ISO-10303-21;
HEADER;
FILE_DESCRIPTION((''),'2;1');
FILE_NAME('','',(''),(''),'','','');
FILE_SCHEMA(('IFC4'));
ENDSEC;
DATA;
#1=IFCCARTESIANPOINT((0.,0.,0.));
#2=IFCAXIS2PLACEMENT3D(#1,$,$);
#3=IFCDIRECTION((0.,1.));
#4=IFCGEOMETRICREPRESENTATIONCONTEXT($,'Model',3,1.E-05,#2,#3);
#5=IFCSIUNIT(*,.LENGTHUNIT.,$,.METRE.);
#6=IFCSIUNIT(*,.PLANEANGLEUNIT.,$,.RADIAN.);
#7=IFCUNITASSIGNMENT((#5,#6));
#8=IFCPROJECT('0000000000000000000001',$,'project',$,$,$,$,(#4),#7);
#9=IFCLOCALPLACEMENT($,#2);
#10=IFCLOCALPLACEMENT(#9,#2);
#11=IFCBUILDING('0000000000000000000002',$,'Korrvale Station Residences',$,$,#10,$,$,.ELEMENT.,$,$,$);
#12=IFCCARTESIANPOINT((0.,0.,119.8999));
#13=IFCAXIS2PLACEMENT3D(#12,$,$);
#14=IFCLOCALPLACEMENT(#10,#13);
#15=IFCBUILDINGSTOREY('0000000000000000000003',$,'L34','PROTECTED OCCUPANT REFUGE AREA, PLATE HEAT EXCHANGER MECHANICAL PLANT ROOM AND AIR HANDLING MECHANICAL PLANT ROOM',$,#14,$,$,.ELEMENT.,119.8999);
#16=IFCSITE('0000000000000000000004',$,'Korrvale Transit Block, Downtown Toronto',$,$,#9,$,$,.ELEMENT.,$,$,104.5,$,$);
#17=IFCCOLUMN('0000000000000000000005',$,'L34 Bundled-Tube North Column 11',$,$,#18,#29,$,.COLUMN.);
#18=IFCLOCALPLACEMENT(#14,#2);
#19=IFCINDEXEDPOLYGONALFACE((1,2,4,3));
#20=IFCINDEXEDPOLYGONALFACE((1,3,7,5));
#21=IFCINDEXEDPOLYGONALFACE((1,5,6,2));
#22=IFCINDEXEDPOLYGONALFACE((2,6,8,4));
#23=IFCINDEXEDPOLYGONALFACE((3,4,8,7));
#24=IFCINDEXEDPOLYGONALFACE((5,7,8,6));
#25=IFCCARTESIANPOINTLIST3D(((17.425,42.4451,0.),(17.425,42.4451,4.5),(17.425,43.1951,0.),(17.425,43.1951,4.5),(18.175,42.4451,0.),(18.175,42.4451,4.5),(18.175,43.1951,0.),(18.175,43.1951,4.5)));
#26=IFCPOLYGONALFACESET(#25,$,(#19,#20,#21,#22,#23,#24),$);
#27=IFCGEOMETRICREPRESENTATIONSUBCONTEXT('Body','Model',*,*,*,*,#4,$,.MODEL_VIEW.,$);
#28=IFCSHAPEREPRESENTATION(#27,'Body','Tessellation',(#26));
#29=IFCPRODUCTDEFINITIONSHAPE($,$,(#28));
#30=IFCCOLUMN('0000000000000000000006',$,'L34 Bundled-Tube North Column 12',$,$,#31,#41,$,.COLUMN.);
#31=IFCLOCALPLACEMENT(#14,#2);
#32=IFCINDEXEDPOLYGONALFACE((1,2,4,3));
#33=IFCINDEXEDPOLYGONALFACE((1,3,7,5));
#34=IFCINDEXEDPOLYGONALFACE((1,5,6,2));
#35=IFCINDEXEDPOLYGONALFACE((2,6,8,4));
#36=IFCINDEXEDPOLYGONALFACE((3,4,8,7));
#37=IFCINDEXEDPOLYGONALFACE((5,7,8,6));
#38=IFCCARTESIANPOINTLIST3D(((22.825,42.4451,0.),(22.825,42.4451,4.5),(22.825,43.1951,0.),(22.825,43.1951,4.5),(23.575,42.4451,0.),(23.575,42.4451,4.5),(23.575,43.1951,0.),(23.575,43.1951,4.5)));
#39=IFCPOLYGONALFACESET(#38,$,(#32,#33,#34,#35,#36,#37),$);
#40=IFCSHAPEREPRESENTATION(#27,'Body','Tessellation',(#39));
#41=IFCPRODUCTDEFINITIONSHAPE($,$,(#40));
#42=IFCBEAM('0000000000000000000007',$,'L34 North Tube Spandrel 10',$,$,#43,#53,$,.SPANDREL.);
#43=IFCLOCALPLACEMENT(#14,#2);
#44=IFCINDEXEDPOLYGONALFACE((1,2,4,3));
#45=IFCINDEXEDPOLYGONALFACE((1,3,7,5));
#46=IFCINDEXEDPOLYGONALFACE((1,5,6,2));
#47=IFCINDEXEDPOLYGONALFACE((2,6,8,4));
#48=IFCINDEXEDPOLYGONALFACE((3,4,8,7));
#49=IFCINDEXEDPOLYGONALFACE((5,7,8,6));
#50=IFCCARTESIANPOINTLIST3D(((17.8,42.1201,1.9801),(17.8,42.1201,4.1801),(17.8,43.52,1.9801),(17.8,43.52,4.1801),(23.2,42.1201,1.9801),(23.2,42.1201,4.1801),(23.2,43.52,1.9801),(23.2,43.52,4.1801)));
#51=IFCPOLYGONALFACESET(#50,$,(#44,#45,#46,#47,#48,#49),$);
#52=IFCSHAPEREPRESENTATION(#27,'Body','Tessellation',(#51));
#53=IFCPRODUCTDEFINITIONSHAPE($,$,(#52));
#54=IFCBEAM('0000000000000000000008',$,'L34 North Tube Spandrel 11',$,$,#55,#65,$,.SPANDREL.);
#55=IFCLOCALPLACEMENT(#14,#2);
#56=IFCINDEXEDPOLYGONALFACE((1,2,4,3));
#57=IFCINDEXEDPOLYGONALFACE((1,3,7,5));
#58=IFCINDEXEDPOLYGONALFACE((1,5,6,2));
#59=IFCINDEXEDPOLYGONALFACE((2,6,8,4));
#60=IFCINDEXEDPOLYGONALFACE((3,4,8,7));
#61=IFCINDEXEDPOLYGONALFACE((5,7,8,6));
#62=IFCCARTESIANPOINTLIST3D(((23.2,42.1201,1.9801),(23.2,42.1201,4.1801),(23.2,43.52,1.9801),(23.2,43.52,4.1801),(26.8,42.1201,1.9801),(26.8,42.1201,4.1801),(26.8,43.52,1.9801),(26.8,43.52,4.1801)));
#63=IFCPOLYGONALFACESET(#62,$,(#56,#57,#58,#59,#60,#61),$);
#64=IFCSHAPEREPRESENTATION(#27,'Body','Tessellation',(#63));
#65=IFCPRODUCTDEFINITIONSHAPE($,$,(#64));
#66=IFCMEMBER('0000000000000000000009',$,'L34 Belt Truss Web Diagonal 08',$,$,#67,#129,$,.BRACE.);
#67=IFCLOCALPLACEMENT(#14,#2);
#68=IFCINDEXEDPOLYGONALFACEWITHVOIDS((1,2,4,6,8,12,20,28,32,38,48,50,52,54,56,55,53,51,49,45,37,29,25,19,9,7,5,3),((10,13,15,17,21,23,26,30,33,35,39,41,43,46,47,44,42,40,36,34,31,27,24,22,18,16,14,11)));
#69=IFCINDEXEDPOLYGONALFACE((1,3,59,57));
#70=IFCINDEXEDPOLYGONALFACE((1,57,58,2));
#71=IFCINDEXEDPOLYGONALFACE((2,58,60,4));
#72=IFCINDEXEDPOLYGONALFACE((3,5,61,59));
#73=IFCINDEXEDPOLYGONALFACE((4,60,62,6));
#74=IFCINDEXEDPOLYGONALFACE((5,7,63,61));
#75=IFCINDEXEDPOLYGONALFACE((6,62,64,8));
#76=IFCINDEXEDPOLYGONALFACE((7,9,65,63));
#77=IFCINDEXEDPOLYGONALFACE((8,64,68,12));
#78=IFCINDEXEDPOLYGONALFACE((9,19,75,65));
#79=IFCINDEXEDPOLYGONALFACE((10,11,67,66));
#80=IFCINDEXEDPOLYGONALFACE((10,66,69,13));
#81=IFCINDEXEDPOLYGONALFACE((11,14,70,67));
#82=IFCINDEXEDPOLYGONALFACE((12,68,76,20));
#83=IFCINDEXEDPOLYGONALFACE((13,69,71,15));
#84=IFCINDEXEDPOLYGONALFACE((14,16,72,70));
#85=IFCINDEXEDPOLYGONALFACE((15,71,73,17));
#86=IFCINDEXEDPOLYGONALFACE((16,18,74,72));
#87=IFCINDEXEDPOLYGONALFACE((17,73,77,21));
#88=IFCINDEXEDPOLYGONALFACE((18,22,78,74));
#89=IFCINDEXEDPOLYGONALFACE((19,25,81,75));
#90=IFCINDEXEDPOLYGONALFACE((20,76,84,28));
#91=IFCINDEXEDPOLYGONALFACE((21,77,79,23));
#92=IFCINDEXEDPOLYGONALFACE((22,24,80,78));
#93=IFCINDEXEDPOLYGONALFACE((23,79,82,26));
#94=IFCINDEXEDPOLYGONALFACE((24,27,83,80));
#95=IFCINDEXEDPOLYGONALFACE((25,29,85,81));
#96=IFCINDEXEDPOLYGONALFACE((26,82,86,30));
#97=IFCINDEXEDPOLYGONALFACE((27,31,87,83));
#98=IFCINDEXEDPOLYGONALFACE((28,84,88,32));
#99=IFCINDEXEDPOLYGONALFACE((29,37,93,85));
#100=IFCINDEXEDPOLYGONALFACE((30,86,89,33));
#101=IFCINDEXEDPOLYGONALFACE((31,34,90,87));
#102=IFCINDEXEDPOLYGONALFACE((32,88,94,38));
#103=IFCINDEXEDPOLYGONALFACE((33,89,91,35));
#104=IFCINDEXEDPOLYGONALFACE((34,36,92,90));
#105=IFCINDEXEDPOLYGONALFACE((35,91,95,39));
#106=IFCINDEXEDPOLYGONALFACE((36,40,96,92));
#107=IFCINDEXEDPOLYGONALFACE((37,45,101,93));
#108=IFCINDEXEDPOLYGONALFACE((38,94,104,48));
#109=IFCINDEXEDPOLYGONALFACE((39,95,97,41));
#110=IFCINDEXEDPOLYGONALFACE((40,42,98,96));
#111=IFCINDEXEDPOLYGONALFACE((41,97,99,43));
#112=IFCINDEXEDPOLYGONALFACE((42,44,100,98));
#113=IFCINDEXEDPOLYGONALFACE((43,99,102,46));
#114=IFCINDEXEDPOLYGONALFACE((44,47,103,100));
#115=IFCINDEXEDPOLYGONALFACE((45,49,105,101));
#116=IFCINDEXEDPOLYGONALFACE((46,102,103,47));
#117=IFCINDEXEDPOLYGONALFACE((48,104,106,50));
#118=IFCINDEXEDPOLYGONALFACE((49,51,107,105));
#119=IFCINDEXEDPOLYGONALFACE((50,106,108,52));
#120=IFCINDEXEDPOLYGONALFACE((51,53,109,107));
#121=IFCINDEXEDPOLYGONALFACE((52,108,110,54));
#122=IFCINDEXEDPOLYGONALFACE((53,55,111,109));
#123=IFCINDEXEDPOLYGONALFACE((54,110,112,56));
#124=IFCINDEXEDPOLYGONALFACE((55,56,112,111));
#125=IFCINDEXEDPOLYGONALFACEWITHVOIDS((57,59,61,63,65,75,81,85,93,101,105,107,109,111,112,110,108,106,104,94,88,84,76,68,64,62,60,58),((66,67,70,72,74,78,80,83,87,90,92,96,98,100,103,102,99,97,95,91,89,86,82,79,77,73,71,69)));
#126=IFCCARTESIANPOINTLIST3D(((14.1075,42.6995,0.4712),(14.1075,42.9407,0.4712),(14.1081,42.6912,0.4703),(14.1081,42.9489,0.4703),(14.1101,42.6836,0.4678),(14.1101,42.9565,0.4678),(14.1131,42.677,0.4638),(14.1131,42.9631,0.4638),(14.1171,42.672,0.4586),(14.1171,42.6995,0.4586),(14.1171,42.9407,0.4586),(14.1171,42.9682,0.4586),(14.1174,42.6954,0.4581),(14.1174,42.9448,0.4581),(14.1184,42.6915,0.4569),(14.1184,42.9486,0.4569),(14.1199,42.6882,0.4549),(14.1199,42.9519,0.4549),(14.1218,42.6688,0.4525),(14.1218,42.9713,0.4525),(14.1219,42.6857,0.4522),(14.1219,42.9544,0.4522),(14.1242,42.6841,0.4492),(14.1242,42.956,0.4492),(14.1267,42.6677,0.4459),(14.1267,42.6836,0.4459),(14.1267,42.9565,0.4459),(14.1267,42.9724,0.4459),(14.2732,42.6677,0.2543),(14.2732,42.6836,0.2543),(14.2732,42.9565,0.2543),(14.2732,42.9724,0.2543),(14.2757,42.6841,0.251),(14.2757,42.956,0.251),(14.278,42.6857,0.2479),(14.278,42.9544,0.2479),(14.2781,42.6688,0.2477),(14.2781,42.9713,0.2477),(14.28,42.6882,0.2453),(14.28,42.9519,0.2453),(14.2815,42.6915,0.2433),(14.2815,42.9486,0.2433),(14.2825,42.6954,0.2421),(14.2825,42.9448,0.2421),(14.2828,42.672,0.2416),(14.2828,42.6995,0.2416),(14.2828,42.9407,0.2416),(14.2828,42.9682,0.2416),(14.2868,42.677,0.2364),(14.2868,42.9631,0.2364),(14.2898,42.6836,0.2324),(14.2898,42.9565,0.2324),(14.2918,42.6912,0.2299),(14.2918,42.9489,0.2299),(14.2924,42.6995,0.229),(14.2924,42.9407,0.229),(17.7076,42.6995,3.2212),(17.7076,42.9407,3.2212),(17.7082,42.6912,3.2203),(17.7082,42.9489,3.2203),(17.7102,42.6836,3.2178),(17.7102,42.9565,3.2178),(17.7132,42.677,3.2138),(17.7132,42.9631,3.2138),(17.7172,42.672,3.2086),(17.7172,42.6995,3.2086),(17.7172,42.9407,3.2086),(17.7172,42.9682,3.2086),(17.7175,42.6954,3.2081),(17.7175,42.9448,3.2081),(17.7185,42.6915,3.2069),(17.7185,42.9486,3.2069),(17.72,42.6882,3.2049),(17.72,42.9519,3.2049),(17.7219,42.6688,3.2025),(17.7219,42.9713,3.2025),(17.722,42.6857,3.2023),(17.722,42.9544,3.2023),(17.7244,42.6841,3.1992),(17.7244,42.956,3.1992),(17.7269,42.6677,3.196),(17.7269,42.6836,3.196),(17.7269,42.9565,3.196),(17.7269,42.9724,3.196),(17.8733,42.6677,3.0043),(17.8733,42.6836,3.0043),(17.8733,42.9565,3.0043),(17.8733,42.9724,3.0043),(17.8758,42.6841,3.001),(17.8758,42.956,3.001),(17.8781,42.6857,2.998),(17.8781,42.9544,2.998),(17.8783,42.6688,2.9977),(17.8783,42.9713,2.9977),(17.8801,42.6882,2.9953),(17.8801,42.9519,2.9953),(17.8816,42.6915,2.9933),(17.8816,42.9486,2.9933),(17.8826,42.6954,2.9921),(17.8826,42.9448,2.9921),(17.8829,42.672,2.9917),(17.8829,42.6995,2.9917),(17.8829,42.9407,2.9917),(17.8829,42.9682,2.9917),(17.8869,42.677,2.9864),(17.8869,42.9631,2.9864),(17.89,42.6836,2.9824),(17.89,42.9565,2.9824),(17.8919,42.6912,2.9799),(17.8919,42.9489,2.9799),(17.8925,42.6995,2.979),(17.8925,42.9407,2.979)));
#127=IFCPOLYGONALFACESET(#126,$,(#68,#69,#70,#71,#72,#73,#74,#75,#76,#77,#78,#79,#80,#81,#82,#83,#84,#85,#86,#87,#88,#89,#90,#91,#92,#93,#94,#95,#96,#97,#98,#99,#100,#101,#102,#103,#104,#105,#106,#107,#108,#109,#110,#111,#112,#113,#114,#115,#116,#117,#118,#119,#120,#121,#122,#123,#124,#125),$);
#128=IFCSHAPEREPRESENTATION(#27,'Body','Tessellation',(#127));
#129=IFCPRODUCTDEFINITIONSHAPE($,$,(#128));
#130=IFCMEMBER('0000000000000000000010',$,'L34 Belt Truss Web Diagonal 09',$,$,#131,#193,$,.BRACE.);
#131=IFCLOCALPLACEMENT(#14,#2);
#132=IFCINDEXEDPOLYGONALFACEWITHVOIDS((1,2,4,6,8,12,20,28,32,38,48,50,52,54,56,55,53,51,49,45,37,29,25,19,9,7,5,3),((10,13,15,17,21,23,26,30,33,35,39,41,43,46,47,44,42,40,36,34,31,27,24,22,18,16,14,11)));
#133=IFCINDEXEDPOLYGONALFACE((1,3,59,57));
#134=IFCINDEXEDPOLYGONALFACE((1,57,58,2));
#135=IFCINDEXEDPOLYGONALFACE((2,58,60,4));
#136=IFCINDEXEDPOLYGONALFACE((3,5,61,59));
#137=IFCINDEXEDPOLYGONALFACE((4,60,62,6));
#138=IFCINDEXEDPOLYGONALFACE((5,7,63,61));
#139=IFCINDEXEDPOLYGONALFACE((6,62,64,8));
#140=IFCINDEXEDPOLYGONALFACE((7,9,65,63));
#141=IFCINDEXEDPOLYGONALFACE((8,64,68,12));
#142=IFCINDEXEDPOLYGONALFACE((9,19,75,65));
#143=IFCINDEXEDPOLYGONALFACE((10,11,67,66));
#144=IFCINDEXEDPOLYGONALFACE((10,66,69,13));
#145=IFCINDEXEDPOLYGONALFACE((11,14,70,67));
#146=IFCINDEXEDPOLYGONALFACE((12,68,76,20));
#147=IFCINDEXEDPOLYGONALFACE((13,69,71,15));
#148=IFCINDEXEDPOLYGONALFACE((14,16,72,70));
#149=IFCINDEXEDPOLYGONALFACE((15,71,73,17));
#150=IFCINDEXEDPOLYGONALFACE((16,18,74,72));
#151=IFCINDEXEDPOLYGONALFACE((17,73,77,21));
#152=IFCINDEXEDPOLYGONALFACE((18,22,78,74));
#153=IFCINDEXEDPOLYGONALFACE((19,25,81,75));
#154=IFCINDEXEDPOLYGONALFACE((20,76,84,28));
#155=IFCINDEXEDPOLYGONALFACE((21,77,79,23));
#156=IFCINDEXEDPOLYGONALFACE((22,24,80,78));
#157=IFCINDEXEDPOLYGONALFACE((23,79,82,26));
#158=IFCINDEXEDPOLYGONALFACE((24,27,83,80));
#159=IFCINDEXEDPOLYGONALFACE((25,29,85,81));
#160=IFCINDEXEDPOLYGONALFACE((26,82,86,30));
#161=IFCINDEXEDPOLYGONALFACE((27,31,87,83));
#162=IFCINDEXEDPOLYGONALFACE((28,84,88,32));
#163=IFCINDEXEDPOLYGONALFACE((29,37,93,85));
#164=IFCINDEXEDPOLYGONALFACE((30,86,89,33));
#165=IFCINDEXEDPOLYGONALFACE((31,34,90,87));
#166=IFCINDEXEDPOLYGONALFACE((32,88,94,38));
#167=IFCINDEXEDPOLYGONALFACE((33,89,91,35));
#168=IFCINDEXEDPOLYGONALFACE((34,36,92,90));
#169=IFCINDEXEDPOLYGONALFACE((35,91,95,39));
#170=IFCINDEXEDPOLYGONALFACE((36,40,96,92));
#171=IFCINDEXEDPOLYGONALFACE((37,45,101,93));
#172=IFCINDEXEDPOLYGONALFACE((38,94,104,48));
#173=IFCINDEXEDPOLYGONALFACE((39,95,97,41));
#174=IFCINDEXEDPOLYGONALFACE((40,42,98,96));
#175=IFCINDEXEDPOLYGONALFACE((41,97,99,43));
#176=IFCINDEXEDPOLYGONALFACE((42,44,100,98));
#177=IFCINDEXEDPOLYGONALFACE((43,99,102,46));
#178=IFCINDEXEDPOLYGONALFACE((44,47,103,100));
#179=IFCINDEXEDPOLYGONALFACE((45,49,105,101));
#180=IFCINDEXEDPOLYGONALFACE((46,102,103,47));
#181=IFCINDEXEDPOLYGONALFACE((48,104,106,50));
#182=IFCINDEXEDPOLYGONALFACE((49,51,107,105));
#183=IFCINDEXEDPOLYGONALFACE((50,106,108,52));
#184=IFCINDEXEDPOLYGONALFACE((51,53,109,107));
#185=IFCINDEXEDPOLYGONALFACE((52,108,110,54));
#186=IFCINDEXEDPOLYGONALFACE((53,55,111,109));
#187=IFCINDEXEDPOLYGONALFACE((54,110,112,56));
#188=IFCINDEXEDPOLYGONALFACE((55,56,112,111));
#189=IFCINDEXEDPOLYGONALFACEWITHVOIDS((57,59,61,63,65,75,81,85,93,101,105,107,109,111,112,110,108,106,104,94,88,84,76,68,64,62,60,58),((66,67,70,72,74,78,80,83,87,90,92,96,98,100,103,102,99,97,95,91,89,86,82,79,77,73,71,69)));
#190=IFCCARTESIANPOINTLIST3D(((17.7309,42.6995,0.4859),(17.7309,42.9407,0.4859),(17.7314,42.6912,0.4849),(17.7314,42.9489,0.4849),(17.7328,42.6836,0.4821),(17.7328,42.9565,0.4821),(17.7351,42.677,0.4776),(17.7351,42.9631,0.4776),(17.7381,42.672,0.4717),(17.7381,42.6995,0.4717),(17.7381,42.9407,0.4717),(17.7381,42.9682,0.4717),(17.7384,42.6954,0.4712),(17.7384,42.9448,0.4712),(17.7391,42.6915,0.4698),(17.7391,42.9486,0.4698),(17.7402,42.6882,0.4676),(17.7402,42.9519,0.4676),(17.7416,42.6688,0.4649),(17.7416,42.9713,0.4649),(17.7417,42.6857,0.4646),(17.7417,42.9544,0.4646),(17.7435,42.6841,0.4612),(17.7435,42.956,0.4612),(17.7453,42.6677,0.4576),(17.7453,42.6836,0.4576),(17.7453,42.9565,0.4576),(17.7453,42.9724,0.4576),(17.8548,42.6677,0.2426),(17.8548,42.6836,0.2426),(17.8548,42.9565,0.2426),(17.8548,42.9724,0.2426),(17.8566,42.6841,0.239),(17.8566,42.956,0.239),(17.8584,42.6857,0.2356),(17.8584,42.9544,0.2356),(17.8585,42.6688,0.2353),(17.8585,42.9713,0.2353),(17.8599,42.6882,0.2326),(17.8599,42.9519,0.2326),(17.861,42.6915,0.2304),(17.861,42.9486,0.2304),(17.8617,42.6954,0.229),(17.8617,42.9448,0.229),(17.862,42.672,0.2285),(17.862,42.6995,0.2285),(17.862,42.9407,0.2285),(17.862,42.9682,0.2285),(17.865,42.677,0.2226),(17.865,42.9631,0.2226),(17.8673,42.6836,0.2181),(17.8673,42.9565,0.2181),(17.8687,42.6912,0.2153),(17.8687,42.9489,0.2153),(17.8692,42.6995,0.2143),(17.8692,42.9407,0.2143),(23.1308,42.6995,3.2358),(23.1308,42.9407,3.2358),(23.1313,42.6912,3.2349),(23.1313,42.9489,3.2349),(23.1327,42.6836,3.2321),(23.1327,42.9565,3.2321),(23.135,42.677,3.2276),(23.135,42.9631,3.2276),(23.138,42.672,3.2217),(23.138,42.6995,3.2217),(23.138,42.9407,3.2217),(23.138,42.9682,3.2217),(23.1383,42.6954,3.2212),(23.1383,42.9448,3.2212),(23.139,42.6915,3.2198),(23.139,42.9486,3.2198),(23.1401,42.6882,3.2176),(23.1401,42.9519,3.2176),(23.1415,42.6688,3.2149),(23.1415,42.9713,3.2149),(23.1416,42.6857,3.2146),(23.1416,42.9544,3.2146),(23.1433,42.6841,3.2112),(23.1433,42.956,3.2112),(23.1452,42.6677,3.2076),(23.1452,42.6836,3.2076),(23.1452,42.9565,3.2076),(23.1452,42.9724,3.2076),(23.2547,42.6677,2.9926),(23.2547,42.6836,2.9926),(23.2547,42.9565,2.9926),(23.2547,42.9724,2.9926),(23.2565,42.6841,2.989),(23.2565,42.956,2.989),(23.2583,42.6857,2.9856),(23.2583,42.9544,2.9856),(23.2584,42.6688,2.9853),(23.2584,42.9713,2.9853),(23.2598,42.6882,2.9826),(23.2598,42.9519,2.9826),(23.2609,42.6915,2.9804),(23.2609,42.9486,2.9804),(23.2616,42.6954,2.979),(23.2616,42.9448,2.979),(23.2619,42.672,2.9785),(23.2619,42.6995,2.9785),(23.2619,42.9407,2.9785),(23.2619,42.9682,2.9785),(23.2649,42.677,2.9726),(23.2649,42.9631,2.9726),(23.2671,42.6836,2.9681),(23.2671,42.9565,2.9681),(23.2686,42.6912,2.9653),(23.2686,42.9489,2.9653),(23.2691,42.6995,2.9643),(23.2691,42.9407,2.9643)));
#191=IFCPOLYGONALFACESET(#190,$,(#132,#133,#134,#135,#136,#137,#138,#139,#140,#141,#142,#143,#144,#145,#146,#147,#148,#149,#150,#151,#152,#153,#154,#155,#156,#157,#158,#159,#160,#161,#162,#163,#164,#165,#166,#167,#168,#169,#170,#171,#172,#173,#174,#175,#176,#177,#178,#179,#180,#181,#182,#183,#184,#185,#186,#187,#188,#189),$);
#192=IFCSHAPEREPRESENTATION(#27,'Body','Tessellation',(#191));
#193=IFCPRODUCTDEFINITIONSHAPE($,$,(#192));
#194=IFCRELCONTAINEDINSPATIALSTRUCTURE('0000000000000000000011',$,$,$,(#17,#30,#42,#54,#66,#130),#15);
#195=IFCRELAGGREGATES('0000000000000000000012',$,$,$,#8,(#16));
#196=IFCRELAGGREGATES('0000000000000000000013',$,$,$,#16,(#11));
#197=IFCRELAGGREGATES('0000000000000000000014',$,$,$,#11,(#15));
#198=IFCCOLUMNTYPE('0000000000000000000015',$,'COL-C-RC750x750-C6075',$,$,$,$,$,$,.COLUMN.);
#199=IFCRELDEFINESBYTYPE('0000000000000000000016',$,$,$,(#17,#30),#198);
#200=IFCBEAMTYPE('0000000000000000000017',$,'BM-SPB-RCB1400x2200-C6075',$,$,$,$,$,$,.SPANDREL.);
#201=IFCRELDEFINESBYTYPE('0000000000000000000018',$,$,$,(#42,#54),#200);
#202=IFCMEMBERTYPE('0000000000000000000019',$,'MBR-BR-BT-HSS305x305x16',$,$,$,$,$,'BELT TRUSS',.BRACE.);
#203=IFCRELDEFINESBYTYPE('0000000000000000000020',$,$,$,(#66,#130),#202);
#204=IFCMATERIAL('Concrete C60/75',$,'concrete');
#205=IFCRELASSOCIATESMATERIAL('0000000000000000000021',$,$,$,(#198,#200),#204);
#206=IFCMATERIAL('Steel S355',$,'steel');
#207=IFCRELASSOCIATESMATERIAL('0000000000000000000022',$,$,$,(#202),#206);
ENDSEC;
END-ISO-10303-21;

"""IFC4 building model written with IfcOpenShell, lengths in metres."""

from ifc_helpers import new_model, si_unit, direction, frame, origin, origin_2d, place, context, subcontext, project, spatial, rectangle, hollow_rectangle, extrude, material, material_profile, profile_set, type_object, element, save


model = new_model("IFC4")

# Units and contexts
model_context = context("Model", 3, precision=1e-05, world=origin(), true_north=direction((0.0, 1.0)))
body_context = subcontext(model_context, "Body", "Model", "MODEL_VIEW")
ifc_project = project(units=[si_unit("LENGTHUNIT", "METRE"), si_unit("PLANEANGLEUNIT", "RADIAN")], contexts=[model_context])

# Site, building, storey
site_placement = place(None, origin())
site = spatial("IfcSite", under=ifc_project, at=site_placement, Name="Korrvale Transit Block, Downtown Toronto", CompositionType="ELEMENT", RefElevation=104.5)
building_placement = place(site_placement, origin())
building = spatial("IfcBuilding", under=site, at=building_placement, Name="Korrvale Station Residences", CompositionType="ELEMENT")
storey_placement = place(building_placement, frame((0.0, 0.0, 119.8999)))
storey = spatial("IfcBuildingStorey", under=building, at=storey_placement, Name="L34", Description="PROTECTED OCCUPANT REFUGE AREA, PLATE HEAT EXCHANGER MECHANICAL PLANT ROOM AND AIR HANDLING MECHANICAL PLANT ROOM", CompositionType="ELEMENT", Elevation=119.8999)

# Columns
ifc_material_1 = material(Name="Concrete C60/75", Category="concrete")
ifc_material_profile_1 = material_profile(ifc_material_1, rectangle(XDim=0.75, YDim=0.75, at=origin_2d()), Name="RC750x750")
ifc_profile_set_1 = profile_set([ifc_material_profile_1], Name="Concrete C60/75")
column_type = type_object("IfcColumnType", Name="COL-C-RC750x750-C6075", PredefinedType="COLUMN", material=ifc_profile_set_1)
for number, where, z_axis, x_axis, name in (
    (1, (17.8, 42.8201, 0.0), (0.0, 0.0, 1.0), (1.0, 0.0, 0.0), "L34 Bundled-Tube North Column 11"),
    (2, (23.2, 42.8201, 0.0), (0.0, 0.0, 1.0), (1.0, 0.0, 0.0), "L34 Bundled-Tube North Column 12"),
):
    element("IfcColumn", number, at=place(storey_placement, frame(where, z_axis=z_axis, x_axis=x_axis)), inside=storey, type_object=column_type, Name=name, PredefinedType="COLUMN", context=body_context, shape_type="SweptSolid", body=[
        extrude(rectangle(XDim=0.75, YDim=0.75, at=origin_2d()), origin(), (0.0, 0.0, 1.0), 4.5),
    ])

# Beams
ifc_material_profile_2 = material_profile(ifc_material_1, rectangle(XDim=1.3999, YDim=2.2, at=origin_2d()), Name="RCB1400x2200")
ifc_profile_set_2 = profile_set([ifc_material_profile_2], Name="Concrete C60/75")
beam_type = type_object("IfcBeamType", Name="BM-SPB-RCB1400x2200-C6075", PredefinedType="SPANDREL", material=ifc_profile_set_2)
beam_1_placement = place(storey_placement, frame((17.8, 42.8201, 3.0801), z_axis=(1.0, 0.0, 0.0), x_axis=(0.0, 1.0, 0.0)))
element("IfcBeam", 3, at=beam_1_placement, inside=storey, type_object=beam_type, Name="L34 North Tube Spandrel 10", PredefinedType="SPANDREL", context=body_context, shape_type="SweptSolid", body=[
    extrude(rectangle(XDim=1.3999, YDim=2.2, at=origin_2d()), origin(), (0.0, 0.0, 1.0), 5.3999),
])
beam_2_placement = place(storey_placement, frame((23.2, 42.8201, 3.0801), z_axis=(1.0, 0.0, 0.0), x_axis=(0.0, 1.0, 0.0)))
element("IfcBeam", 4, at=beam_2_placement, inside=storey, type_object=beam_type, Name="L34 North Tube Spandrel 11", PredefinedType="SPANDREL", context=body_context, shape_type="SweptSolid", body=[
    extrude(rectangle(XDim=1.3999, YDim=2.2, at=origin_2d()), origin(), (0.0, 0.0, 1.0), 3.6001),
])

# Members
ifc_material_2 = material(Name="Steel S355", Category="steel")
ifc_material_profile_3 = material_profile(ifc_material_2, hollow_rectangle(XDim=0.3047, YDim=0.3047, WallThickness=0.0159, InnerFilletRadius=0.0159, OuterFilletRadius=0.0317, at=origin_2d()), Name="HSS305x305x16")
ifc_profile_set_3 = profile_set([ifc_material_profile_3], Name="Steel S355")
member_type_1 = type_object("IfcMemberType", Name="MBR-BR-BT-HSS305x305x16", ElementType="BELT TRUSS", PredefinedType="BRACE", material=ifc_profile_set_3)
member_1_placement = place(storey_placement, frame((14.2, 42.8201, 0.3501), z_axis=(0.794679, 0.0, 0.60703), x_axis=(0.0, 1.0, 0.0)))
element("IfcMember", 5, at=member_1_placement, inside=storey, type_object=member_type_1, Name="L34 Belt Truss Web Diagonal 08", PredefinedType="BRACE", context=body_context, shape_type="SweptSolid", body=[
    extrude(hollow_rectangle(XDim=0.3047, YDim=0.3047, WallThickness=0.0159, InnerFilletRadius=0.0159, OuterFilletRadius=0.0317, at=origin_2d()), origin(), (0.0, 0.0, 1.0), 4.5303),
])
member_2_placement = place(storey_placement, frame((17.8, 42.8201, 0.3501), z_axis=(0.891099, 0.0, 0.453809), x_axis=(0.0, 1.0, 0.0)))
element("IfcMember", 6, at=member_2_placement, inside=storey, type_object=member_type_1, Name="L34 Belt Truss Web Diagonal 09", PredefinedType="BRACE", context=body_context, shape_type="SweptSolid", body=[
    extrude(hollow_rectangle(XDim=0.3047, YDim=0.3047, WallThickness=0.0159, InnerFilletRadius=0.0159, OuterFilletRadius=0.0317, at=origin_2d()), origin(), (0.0, 0.0, 1.0), 6.0598),
])

save(model, "model.ifc")
